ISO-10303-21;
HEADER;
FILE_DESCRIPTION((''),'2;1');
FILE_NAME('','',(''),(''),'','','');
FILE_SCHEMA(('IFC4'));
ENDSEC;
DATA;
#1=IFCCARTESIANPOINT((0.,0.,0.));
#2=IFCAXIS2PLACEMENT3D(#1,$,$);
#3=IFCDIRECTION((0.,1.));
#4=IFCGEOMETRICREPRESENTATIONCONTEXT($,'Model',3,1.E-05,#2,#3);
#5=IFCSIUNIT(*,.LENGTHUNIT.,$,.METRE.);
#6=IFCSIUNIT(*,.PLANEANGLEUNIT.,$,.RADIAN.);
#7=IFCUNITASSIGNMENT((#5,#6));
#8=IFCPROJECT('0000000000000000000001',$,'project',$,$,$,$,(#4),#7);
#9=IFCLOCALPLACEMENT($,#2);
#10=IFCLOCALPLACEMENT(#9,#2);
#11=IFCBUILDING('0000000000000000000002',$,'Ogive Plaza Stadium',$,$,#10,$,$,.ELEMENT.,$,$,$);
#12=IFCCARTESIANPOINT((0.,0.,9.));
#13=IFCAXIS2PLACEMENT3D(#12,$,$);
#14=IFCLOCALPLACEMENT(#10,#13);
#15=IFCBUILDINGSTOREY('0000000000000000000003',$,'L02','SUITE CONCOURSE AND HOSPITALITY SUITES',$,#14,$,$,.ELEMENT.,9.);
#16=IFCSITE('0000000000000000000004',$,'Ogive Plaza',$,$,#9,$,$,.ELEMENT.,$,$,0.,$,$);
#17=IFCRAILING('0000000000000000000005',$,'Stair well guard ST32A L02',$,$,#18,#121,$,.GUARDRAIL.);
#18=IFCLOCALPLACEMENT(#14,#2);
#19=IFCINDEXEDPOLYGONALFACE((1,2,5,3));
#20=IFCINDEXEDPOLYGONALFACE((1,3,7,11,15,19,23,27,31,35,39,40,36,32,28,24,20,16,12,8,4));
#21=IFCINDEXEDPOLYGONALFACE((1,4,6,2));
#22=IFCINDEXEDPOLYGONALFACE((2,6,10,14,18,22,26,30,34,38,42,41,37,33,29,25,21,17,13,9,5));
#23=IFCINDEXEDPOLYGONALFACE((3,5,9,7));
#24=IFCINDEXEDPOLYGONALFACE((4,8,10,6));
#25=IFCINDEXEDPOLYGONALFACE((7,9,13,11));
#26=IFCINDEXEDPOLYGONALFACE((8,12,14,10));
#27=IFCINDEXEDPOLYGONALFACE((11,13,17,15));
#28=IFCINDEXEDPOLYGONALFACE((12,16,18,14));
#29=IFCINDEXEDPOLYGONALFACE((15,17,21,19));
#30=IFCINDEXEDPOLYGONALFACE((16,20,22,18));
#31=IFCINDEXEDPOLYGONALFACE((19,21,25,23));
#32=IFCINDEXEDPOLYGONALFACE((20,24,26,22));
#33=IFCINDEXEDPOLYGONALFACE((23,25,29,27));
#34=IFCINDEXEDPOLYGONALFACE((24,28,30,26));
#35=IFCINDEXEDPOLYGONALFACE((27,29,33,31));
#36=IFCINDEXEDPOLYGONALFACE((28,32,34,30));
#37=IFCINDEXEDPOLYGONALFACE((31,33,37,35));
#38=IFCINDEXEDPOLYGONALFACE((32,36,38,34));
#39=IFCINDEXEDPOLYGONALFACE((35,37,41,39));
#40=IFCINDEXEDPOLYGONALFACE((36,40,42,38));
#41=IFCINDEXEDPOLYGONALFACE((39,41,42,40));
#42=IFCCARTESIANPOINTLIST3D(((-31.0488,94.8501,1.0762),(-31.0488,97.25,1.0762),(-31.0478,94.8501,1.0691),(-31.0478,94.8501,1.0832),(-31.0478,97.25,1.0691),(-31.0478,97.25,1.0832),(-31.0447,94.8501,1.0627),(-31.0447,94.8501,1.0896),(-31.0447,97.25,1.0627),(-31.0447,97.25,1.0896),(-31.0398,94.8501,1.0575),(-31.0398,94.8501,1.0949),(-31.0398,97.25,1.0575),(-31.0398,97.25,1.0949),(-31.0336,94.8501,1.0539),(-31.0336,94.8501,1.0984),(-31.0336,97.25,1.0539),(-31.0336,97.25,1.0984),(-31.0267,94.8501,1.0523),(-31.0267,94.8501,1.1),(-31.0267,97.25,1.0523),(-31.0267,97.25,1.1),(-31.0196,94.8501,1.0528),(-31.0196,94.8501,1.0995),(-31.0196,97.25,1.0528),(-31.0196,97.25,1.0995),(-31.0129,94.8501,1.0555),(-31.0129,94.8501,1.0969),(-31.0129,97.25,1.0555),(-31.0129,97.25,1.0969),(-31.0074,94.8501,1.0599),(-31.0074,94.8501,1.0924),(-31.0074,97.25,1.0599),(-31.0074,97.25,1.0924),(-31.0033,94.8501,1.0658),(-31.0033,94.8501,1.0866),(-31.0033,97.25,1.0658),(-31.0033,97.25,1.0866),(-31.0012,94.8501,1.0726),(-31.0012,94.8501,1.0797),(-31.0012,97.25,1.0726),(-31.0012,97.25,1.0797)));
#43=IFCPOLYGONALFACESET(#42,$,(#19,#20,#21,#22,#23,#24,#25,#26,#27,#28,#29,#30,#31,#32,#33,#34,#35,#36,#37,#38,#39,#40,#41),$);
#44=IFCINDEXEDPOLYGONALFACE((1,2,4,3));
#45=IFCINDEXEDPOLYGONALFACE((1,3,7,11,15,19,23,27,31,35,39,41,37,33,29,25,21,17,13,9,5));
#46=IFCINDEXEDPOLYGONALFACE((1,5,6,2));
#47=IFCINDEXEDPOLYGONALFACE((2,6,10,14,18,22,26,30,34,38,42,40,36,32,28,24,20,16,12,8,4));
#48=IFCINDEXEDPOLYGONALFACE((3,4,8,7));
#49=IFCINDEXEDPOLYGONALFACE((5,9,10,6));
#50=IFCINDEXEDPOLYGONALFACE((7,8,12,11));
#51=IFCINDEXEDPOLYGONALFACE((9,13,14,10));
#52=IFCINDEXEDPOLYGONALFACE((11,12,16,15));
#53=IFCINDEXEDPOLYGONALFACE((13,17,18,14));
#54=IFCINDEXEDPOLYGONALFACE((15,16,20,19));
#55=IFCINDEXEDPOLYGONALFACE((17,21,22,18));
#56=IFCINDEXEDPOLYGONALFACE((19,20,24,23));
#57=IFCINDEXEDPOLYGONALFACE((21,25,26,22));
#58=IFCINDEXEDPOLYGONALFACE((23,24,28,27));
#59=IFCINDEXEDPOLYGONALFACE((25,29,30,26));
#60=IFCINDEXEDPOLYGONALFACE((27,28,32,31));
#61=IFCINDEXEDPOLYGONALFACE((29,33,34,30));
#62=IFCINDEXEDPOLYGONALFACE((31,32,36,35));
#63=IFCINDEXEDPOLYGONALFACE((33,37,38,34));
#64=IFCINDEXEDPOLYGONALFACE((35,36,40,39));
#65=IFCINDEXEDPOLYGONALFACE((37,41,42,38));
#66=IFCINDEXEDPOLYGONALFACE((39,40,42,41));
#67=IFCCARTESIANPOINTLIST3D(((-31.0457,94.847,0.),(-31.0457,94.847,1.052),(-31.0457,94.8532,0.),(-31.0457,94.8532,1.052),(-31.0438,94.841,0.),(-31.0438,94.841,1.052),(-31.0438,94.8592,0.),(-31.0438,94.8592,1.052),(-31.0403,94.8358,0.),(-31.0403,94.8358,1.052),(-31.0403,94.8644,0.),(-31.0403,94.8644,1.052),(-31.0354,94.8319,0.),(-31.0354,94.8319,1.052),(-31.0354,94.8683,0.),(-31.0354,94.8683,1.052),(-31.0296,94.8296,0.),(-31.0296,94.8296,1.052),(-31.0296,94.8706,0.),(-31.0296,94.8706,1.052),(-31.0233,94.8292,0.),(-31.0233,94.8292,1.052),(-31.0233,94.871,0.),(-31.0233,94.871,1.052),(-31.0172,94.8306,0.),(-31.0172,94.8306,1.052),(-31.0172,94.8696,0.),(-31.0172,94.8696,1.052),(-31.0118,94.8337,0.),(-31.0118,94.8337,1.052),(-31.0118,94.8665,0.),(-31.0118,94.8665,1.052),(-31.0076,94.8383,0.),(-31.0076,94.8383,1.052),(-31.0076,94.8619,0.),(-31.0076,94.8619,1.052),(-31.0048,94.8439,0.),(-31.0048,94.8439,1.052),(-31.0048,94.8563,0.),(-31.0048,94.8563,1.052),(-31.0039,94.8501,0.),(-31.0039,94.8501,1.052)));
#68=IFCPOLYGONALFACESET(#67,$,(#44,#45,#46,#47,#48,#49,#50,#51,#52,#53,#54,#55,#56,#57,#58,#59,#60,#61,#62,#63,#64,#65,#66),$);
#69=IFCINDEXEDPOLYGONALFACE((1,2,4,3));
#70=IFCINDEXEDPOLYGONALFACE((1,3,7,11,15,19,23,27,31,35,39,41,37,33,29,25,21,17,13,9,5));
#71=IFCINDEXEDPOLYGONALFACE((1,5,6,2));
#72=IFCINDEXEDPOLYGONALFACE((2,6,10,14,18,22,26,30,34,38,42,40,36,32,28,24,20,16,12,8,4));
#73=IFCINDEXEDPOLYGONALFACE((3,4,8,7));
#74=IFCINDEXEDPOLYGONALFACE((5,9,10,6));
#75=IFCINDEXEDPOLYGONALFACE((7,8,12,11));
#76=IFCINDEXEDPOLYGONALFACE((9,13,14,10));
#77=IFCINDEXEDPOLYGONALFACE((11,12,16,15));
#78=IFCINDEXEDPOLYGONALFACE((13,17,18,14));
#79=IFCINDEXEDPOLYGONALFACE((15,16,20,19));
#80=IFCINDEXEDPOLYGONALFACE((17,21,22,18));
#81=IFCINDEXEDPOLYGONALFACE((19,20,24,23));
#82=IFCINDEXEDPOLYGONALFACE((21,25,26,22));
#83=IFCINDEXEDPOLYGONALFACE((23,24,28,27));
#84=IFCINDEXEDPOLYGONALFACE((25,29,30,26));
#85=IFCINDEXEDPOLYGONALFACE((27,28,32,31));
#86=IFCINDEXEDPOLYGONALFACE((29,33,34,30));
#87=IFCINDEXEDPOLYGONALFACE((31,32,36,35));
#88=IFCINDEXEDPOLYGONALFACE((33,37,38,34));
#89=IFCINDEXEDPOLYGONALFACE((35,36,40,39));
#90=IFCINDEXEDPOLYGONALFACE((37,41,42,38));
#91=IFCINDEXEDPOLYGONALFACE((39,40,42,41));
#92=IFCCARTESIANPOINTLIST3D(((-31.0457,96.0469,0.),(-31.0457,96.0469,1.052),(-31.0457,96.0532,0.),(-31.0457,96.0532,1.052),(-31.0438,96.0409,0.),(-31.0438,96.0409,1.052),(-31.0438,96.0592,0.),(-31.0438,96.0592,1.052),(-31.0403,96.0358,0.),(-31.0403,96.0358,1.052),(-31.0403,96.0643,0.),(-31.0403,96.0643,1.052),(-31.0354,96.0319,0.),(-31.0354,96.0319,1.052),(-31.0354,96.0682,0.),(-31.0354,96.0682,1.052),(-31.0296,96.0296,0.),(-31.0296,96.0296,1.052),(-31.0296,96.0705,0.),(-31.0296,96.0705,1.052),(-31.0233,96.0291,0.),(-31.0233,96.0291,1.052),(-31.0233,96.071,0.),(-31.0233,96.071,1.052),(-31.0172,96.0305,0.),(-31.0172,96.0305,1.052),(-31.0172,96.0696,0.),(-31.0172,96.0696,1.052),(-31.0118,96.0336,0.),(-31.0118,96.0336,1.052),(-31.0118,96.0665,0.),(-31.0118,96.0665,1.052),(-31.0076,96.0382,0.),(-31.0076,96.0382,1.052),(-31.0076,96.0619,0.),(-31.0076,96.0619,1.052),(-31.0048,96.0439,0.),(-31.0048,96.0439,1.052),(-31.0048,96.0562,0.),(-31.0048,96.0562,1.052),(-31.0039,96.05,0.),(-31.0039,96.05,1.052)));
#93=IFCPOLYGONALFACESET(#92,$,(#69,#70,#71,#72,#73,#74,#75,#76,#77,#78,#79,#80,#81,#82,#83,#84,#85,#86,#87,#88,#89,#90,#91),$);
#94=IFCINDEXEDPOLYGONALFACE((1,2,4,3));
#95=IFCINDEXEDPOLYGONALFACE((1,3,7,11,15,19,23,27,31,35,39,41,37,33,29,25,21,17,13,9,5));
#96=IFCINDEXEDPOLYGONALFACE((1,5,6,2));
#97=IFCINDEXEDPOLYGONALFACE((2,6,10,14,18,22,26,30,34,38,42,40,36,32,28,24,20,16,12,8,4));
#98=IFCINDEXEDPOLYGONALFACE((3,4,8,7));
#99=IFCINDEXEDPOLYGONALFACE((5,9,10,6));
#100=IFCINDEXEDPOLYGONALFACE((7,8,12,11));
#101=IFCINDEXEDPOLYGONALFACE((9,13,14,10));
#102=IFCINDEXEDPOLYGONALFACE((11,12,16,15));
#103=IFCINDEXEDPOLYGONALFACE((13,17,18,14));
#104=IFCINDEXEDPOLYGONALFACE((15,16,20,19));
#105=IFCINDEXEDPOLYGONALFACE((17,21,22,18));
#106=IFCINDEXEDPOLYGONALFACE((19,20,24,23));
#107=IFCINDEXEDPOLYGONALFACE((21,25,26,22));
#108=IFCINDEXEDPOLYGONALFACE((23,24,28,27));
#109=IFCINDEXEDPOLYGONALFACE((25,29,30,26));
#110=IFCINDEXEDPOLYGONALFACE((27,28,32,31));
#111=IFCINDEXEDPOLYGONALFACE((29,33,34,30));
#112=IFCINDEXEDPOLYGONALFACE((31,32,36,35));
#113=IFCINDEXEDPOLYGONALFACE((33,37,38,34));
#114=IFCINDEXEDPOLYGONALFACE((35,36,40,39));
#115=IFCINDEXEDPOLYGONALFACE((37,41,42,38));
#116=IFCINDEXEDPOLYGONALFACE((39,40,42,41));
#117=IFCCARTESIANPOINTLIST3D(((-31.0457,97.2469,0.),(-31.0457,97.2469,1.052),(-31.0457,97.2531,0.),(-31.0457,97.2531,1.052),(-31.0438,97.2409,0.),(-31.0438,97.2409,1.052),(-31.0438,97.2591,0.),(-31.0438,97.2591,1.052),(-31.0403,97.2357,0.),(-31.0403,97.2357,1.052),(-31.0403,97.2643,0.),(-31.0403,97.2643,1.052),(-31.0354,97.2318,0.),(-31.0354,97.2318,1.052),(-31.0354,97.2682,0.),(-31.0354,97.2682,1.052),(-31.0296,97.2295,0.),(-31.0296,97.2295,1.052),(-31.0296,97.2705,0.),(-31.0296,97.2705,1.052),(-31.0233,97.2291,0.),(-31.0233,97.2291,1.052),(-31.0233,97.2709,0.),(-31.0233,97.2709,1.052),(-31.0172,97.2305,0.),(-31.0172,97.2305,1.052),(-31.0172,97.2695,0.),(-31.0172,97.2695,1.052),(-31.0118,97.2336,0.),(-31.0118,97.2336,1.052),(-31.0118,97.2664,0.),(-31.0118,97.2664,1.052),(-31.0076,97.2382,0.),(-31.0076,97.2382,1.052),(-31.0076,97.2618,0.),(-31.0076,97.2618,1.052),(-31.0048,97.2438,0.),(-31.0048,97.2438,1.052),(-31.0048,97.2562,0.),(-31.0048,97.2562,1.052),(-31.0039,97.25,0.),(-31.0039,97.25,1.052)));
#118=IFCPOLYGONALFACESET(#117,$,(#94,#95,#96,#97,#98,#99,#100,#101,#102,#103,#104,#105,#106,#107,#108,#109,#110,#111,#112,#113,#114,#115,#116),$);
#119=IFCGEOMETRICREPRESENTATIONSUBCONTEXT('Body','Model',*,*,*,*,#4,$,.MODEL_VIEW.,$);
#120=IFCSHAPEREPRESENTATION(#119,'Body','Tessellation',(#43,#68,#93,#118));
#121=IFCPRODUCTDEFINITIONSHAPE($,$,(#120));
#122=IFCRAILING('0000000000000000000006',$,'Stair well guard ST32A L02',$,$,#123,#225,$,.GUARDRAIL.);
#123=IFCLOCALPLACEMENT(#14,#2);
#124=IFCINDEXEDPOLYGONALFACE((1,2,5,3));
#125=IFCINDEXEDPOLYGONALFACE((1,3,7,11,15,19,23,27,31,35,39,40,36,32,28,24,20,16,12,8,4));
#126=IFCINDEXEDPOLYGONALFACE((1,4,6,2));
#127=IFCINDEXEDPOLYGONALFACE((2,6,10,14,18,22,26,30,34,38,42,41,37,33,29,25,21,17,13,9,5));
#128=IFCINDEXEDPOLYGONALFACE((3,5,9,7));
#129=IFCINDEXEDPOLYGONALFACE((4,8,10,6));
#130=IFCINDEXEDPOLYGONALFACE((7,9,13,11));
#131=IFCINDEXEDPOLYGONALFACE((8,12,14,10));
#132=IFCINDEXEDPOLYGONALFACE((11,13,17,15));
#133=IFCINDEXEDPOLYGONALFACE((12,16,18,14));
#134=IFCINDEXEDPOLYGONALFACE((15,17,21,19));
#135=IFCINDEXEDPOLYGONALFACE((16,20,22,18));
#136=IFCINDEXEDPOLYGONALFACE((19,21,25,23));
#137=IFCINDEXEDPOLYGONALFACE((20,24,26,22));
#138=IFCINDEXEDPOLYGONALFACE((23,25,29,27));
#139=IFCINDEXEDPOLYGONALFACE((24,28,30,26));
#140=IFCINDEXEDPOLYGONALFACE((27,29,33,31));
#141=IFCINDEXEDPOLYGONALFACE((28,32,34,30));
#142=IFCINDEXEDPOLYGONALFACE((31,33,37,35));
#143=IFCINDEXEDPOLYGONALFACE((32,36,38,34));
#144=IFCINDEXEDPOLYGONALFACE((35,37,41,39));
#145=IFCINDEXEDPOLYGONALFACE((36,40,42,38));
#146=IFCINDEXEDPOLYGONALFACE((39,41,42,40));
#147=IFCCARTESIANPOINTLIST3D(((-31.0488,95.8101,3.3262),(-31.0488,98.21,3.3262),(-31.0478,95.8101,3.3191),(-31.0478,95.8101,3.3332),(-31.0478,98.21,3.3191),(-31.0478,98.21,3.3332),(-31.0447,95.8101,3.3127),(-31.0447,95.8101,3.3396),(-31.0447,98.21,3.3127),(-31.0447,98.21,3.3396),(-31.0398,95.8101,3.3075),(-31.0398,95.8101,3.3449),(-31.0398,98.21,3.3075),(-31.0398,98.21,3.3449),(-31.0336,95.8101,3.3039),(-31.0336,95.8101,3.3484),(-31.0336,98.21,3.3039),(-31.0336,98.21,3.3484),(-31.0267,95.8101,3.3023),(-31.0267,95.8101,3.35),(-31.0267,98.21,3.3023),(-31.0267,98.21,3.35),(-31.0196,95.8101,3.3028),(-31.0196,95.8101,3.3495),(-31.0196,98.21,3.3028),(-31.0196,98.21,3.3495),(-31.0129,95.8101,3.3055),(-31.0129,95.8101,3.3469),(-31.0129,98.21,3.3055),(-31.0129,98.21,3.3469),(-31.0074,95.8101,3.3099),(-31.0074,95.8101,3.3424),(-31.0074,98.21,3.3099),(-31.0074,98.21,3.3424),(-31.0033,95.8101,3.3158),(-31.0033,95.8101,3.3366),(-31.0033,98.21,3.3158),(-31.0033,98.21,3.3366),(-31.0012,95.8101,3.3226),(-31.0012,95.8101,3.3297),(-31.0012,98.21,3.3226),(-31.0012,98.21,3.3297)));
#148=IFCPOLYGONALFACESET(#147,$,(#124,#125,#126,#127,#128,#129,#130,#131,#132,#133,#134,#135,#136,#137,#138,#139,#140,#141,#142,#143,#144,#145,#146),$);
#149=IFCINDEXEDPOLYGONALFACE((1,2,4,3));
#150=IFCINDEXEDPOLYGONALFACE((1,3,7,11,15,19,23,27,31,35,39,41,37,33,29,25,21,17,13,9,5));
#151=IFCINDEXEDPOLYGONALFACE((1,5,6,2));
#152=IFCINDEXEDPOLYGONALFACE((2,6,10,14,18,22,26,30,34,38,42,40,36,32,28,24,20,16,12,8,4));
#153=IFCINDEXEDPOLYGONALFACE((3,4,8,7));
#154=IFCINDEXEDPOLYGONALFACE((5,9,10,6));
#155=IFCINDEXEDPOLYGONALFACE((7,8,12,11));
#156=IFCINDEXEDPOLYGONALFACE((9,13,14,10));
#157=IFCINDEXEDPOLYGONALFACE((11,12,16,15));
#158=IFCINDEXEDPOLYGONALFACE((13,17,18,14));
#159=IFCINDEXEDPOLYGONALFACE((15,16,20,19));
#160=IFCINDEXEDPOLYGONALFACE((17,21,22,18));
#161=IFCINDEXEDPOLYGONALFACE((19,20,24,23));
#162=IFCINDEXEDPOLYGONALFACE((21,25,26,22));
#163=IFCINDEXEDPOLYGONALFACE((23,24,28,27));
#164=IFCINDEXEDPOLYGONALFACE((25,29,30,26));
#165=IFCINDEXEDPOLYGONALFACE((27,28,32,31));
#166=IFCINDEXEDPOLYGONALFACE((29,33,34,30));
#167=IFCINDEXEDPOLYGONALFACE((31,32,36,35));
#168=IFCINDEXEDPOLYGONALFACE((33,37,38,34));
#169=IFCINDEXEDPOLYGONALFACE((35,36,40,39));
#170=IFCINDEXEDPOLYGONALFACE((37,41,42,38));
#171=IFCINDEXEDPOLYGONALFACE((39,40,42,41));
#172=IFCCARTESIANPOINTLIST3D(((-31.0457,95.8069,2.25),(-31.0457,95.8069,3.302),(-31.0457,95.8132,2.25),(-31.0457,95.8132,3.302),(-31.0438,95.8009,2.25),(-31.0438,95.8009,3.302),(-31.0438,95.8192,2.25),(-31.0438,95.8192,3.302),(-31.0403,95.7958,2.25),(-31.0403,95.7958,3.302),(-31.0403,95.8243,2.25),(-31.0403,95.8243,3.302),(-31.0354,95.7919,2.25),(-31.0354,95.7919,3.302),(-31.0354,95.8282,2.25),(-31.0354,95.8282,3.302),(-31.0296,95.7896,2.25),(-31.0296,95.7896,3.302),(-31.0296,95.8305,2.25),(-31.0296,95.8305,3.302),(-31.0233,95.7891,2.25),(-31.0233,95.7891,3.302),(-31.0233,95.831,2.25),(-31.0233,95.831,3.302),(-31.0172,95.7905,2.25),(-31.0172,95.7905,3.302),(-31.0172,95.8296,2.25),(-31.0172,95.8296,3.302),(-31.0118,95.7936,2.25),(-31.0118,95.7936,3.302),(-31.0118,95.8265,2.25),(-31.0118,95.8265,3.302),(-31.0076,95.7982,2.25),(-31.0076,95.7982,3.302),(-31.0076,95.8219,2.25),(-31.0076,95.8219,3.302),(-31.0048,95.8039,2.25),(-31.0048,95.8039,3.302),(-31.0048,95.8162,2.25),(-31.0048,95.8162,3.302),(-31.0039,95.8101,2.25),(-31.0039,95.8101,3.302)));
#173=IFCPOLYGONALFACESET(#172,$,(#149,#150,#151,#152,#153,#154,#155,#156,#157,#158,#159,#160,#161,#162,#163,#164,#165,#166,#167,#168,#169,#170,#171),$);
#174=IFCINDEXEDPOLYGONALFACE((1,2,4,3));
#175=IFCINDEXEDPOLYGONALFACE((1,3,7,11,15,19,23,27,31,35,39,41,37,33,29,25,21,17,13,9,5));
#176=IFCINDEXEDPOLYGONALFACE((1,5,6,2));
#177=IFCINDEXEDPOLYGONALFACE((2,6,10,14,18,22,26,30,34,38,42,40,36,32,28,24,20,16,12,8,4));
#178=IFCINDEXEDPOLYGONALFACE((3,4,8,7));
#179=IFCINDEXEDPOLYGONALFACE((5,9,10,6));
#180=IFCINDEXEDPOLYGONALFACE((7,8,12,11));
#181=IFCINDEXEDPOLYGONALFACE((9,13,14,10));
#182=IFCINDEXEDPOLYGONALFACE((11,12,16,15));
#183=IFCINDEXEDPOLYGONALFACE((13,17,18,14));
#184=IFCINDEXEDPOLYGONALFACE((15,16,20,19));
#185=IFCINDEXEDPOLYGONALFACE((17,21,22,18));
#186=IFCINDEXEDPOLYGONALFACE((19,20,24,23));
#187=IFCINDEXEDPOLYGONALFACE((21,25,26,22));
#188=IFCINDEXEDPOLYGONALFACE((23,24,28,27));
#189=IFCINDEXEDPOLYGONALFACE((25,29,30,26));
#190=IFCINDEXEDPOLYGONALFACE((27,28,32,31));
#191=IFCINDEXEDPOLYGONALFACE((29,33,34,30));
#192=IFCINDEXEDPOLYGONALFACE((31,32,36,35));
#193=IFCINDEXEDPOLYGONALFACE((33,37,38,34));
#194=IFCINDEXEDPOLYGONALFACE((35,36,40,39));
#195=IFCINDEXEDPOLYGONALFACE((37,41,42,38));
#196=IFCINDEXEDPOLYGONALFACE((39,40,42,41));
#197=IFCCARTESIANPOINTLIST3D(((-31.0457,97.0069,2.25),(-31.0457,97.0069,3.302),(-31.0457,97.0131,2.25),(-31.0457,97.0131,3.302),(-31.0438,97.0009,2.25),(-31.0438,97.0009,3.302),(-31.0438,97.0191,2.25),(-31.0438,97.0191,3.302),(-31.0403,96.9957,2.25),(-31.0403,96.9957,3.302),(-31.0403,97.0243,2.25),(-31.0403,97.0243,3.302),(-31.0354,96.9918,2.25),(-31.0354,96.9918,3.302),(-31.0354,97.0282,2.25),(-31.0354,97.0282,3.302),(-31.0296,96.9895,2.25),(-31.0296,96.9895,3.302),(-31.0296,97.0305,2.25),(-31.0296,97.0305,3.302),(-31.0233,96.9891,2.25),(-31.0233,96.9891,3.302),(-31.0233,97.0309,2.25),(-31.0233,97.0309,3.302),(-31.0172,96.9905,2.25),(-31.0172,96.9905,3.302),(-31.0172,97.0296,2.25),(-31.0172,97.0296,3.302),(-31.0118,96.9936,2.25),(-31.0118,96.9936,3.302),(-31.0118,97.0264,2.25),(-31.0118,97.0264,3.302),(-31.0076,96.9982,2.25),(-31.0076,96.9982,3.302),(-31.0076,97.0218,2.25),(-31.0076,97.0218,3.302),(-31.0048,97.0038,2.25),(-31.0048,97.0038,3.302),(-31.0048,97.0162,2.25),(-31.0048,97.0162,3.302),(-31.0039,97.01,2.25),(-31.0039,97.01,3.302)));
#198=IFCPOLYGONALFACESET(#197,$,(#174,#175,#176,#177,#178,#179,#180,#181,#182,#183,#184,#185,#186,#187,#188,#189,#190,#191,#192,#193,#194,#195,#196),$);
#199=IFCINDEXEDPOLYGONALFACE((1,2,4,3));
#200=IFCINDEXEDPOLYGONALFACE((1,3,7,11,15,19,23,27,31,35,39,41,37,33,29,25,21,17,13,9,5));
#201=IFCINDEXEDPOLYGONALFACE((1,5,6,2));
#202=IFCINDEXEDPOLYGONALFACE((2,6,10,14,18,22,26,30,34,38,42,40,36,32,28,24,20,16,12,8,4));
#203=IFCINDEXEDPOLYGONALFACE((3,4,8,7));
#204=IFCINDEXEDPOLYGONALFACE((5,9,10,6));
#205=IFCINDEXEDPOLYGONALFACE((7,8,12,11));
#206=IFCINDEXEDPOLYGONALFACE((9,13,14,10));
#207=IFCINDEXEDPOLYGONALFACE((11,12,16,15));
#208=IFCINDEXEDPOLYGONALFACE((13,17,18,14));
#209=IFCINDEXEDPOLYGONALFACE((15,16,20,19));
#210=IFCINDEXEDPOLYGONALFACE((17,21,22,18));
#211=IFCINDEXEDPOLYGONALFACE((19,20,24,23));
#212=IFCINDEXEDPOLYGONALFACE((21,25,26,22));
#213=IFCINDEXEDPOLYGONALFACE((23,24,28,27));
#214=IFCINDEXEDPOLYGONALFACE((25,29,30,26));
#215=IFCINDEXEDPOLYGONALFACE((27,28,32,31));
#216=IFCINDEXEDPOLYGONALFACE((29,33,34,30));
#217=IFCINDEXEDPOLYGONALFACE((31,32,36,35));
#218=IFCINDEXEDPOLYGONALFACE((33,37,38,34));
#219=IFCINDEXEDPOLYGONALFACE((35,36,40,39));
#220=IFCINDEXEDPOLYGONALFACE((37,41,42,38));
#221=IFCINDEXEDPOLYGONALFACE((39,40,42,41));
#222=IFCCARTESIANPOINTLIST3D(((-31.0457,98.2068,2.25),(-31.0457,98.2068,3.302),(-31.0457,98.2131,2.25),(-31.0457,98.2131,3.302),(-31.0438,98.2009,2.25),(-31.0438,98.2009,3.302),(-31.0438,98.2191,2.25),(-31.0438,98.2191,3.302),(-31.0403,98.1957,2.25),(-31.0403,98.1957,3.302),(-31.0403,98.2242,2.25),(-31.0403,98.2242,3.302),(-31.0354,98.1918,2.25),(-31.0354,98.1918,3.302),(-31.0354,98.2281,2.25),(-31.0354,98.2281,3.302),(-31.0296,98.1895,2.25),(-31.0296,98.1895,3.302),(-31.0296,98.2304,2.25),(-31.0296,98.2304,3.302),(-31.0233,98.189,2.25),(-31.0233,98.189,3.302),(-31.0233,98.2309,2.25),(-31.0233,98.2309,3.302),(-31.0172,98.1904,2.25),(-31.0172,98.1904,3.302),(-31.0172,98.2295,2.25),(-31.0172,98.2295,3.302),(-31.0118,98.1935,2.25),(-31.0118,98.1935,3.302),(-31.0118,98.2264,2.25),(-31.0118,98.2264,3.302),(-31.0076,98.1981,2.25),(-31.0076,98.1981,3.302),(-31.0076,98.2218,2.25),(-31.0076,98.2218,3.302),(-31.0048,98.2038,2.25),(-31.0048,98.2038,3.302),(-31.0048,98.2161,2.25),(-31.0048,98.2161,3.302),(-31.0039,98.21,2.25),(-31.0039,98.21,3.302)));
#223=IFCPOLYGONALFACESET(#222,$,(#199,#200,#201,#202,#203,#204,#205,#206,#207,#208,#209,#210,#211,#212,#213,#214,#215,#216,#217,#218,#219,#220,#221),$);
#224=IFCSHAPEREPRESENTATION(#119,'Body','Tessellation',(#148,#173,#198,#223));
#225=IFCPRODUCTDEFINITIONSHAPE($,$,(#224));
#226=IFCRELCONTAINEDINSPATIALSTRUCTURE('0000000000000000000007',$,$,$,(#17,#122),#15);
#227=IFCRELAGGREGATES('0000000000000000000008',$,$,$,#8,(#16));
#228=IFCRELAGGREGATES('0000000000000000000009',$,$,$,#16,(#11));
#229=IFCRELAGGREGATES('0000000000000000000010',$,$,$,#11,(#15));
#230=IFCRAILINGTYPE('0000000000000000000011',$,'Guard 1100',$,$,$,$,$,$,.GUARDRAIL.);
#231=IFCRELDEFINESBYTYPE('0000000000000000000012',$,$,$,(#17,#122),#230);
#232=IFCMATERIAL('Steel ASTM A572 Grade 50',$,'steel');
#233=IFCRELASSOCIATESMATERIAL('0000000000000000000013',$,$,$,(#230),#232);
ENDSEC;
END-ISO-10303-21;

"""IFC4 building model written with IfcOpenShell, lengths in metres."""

from ifc_helpers import new_model, si_unit, direction, frame, origin, origin_2d, place, context, subcontext, project, spatial, circle, extrude, material, type_object, element, save


model = new_model("IFC4")

# Units and contexts
model_context = context("Model", 3, precision=1e-05, world=origin(), true_north=direction((0.0, 1.0)))
body_context = subcontext(model_context, "Body", "Model", "MODEL_VIEW")
ifc_project = project(units=[si_unit("LENGTHUNIT", "METRE"), si_unit("PLANEANGLEUNIT", "RADIAN")], contexts=[model_context])

# Site, building, storey
site_placement = place(None, origin())
site = spatial("IfcSite", under=ifc_project, at=site_placement, Name="Ogive Plaza", CompositionType="ELEMENT", RefElevation=0.0)
building_placement = place(site_placement, origin())
building = spatial("IfcBuilding", under=site, at=building_placement, Name="Ogive Plaza Stadium", CompositionType="ELEMENT")
storey_placement = place(building_placement, frame((0.0, 0.0, 9.0)))
storey = spatial("IfcBuildingStorey", under=building, at=storey_placement, Name="L02", Description="SUITE CONCOURSE AND HOSPITALITY SUITES", CompositionType="ELEMENT", Elevation=9.0)

# Railings
ifc_material_1 = material(Name="Steel ASTM A572 Grade 50", Category="steel")
railing_type_1 = type_object("IfcRailingType", Name="Guard 1100", PredefinedType="GUARDRAIL", material=ifc_material_1)
for number, where, name in (
    (1, (-31.0249, 94.8501, 0.0), "Stair well guard ST32A L02"),
    (2, (-31.0249, 95.8101, 2.25), "Stair well guard ST32A L02"),
):
    element("IfcRailing", number, at=place(storey_placement, frame(where)), inside=storey, type_object=railing_type_1, Name=name, PredefinedType="GUARDRAIL", context=body_context, shape_type="SweptSolid", body=[
        extrude(circle(Radius=0.0239, at=origin_2d()), frame((0.0, 0.0, 1.0762), z_axis=(0.0, 1.0, 0.0), x_axis=(-1.0, 0.0, 0.0)), (0.0, 0.0, 1.0), 2.3999),
        extrude(circle(Radius=0.021, at=origin_2d()), origin(), (0.0, 0.0, 1.0), 1.052),
        extrude(circle(Radius=0.021, at=origin_2d()), frame((0.0, 1.2, 0.0)), (0.0, 0.0, 1.0), 1.052),
        extrude(circle(Radius=0.021, at=origin_2d()), frame((0.0, 2.3999, 0.0)), (0.0, 0.0, 1.0), 1.052),
    ])

save(model, "model.ifc")
